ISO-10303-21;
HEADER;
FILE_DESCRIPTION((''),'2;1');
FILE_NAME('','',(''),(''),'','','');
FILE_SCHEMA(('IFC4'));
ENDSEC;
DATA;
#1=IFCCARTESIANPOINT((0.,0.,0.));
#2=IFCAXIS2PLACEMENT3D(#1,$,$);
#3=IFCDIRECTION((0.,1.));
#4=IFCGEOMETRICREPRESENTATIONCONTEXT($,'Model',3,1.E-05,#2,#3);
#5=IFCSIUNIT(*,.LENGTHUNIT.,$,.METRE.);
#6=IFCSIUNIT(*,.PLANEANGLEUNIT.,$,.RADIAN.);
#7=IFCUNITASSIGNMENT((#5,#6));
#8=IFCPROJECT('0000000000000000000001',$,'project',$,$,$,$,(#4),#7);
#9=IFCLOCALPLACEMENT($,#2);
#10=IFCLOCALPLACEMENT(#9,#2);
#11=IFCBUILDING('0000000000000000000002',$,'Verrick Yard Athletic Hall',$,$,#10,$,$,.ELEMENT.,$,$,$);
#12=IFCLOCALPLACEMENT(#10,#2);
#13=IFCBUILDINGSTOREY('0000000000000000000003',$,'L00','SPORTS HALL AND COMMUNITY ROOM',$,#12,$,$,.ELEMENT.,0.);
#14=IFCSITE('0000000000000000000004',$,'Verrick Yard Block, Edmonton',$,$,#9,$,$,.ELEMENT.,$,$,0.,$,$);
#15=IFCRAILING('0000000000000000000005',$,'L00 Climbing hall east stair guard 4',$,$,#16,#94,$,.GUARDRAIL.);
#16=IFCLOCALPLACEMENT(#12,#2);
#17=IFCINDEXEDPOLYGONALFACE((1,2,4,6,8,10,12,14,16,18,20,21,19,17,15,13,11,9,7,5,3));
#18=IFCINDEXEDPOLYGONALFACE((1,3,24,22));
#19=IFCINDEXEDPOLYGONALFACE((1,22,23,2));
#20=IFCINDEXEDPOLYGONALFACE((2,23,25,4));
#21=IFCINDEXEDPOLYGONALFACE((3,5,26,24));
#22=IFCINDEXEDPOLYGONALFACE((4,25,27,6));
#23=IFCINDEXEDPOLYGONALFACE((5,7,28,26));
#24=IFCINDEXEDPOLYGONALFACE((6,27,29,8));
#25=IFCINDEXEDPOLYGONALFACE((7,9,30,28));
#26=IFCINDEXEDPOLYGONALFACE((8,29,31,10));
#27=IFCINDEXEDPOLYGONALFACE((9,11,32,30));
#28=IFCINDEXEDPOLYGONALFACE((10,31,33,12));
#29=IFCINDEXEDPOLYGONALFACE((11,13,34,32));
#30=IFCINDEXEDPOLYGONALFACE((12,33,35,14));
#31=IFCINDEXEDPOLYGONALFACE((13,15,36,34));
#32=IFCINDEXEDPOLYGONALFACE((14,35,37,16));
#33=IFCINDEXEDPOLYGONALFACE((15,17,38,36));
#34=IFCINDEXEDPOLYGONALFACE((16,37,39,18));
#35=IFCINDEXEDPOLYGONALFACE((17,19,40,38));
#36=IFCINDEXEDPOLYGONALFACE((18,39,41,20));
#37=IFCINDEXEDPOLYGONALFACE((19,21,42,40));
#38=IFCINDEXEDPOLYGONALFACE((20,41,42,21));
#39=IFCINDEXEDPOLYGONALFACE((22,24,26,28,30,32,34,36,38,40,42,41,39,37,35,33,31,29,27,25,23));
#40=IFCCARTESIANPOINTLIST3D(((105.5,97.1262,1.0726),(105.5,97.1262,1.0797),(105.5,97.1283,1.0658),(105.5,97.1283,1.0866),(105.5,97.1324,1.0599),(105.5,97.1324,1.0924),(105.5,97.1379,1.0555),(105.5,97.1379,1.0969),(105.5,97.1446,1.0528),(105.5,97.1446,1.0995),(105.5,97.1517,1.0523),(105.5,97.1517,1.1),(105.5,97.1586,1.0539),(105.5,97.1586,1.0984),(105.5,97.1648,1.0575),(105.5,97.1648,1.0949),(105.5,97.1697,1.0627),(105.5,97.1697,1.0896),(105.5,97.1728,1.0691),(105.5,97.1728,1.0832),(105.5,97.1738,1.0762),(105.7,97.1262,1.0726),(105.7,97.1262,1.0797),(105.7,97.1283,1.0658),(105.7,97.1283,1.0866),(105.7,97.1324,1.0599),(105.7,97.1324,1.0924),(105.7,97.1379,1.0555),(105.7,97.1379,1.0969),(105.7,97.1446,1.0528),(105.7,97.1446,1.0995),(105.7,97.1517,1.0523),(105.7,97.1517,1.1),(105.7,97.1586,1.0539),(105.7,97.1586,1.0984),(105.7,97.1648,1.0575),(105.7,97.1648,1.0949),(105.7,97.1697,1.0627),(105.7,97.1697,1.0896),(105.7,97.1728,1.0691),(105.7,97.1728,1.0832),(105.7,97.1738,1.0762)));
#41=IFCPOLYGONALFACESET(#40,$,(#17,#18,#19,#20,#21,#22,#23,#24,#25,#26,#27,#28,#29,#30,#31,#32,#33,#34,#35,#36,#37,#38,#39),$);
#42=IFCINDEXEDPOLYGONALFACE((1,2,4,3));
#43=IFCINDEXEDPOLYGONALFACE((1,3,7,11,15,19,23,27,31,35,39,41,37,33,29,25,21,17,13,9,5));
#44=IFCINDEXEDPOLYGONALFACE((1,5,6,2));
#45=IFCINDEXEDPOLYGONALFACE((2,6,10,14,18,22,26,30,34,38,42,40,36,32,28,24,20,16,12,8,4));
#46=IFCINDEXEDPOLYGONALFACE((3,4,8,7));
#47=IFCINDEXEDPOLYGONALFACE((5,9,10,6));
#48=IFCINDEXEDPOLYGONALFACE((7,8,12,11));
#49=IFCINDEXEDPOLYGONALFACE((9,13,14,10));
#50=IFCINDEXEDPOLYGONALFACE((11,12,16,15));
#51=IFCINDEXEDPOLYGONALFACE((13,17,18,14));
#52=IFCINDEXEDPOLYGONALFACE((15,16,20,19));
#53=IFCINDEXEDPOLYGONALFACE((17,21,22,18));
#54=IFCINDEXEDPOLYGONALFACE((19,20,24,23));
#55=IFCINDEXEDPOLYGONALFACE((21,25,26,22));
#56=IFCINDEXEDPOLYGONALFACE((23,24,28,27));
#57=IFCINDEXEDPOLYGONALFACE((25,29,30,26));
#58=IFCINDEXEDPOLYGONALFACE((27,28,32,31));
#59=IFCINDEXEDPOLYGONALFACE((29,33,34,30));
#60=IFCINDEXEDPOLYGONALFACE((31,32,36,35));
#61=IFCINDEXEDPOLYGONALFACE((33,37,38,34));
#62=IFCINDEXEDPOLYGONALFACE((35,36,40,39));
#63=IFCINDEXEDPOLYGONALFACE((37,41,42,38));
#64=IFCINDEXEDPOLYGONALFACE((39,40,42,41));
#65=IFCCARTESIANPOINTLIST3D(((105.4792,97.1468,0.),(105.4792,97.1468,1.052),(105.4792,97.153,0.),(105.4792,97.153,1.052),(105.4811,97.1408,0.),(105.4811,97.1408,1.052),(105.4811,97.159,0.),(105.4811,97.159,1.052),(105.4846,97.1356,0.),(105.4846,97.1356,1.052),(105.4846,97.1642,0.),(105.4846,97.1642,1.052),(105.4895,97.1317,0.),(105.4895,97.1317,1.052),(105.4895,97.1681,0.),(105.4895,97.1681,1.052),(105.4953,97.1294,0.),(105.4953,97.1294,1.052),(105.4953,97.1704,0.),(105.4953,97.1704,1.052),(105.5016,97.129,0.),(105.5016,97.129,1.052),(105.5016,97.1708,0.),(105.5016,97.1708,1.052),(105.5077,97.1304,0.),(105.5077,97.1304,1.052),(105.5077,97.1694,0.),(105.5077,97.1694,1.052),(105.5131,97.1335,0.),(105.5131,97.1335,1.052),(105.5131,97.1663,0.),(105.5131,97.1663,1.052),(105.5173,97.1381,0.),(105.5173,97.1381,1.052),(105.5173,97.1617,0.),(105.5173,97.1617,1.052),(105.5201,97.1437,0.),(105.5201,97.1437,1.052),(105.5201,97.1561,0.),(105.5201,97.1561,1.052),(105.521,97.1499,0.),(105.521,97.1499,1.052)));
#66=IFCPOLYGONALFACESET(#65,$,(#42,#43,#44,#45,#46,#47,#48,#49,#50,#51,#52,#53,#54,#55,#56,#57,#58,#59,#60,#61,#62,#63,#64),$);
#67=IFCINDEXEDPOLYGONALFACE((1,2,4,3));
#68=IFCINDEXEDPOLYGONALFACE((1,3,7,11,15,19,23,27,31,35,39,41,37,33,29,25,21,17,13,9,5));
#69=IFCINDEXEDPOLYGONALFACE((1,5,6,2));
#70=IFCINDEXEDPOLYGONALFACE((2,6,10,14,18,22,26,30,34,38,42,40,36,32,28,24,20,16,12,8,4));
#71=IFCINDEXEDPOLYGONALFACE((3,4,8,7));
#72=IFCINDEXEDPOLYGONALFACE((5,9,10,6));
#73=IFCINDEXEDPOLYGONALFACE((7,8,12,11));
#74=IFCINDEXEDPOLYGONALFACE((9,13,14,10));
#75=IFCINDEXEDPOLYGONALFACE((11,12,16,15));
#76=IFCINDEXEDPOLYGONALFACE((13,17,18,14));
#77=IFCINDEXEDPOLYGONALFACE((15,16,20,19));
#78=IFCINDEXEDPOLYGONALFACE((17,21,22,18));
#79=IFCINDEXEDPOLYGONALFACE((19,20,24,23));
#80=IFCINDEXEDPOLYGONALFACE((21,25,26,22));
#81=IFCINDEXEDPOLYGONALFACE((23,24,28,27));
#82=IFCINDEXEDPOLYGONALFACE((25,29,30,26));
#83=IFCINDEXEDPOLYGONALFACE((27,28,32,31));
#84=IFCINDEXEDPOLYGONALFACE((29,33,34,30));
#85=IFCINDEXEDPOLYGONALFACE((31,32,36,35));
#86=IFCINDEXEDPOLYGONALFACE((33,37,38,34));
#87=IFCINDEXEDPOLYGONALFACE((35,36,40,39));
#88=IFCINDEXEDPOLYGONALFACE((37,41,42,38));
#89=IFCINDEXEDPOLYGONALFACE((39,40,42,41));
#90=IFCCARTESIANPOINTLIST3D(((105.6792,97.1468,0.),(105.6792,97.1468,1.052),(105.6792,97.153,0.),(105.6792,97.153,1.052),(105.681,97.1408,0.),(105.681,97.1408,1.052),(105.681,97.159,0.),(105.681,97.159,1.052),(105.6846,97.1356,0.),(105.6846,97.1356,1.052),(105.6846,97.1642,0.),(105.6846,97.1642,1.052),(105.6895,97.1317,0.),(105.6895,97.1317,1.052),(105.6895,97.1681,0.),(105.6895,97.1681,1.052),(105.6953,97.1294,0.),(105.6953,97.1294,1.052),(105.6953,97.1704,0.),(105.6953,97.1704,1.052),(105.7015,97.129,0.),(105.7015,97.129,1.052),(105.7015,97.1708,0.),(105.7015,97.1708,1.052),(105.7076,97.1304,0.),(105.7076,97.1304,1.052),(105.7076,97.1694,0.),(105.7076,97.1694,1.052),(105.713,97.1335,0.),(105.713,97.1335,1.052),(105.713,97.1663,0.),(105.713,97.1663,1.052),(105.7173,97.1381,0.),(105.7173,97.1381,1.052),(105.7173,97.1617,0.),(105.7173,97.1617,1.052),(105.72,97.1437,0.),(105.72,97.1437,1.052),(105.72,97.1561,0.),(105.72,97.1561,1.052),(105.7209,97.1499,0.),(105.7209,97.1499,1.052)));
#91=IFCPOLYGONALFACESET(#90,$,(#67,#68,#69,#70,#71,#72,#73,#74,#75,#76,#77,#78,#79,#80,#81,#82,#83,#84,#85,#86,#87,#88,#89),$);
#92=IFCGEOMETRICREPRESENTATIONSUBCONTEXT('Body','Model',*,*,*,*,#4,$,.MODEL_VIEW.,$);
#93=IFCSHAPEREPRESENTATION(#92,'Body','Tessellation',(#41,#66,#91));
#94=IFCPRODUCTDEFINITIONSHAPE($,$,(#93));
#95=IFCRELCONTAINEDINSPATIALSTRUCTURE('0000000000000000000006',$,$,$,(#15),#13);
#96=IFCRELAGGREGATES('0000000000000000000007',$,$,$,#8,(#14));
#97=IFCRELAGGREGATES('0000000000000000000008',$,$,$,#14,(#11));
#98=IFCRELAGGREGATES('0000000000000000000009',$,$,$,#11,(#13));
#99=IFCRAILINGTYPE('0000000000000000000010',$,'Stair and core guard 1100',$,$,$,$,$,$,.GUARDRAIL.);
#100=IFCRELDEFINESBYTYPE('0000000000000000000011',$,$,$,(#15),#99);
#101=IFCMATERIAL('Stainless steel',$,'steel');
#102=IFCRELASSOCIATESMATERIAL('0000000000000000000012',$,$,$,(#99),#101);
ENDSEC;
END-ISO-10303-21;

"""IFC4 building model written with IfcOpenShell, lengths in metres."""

from ifc_helpers import new_model, si_unit, direction, frame, origin, origin_2d, place, context, subcontext, project, spatial, circle, extrude, material, type_object, element, save


model = new_model("IFC4")

# Units and contexts
model_context = context("Model", 3, precision=1e-05, world=origin(), true_north=direction((0.0, 1.0)))
body_context = subcontext(model_context, "Body", "Model", "MODEL_VIEW")
ifc_project = project(units=[si_unit("LENGTHUNIT", "METRE"), si_unit("PLANEANGLEUNIT", "RADIAN")], contexts=[model_context])

# Site, building, storey
site_placement = place(None, origin())
site = spatial("IfcSite", under=ifc_project, at=site_placement, Name="Verrick Yard Block, Edmonton", CompositionType="ELEMENT", RefElevation=0.0)
building_placement = place(site_placement, origin())
building = spatial("IfcBuilding", under=site, at=building_placement, Name="Verrick Yard Athletic Hall", CompositionType="ELEMENT")
storey_placement = place(building_placement, origin())
storey = spatial("IfcBuildingStorey", under=building, at=storey_placement, Name="L00", Description="SPORTS HALL AND COMMUNITY ROOM", CompositionType="ELEMENT", Elevation=0.0)

# Railing
ifc_material_1 = material(Name="Stainless steel", Category="steel")
railing_type_1 = type_object("IfcRailingType", Name="Stair and core guard 1100", PredefinedType="GUARDRAIL", material=ifc_material_1)
railing_1_placement = place(storey_placement, frame((105.5, 97.1499, 0.0)))
element("IfcRailing", 1, at=railing_1_placement, inside=storey, type_object=railing_type_1, Name="L00 Climbing hall east stair guard 4", PredefinedType="GUARDRAIL", context=body_context, shape_type="SweptSolid", body=[
    extrude(circle(Radius=0.0239, at=origin_2d()), frame((0.0, 0.0, 1.0762), z_axis=(1.0, 0.0, 0.0), x_axis=(0.0, 1.0, 0.0)), (0.0, 0.0, 1.0), 0.2),
    extrude(circle(Radius=0.021, at=origin_2d()), origin(), (0.0, 0.0, 1.0), 1.052),
    extrude(circle(Radius=0.021, at=origin_2d()), frame((0.2, 0.0, 0.0)), (0.0, 0.0, 1.0), 1.052),
])

save(model, "model.ifc")
